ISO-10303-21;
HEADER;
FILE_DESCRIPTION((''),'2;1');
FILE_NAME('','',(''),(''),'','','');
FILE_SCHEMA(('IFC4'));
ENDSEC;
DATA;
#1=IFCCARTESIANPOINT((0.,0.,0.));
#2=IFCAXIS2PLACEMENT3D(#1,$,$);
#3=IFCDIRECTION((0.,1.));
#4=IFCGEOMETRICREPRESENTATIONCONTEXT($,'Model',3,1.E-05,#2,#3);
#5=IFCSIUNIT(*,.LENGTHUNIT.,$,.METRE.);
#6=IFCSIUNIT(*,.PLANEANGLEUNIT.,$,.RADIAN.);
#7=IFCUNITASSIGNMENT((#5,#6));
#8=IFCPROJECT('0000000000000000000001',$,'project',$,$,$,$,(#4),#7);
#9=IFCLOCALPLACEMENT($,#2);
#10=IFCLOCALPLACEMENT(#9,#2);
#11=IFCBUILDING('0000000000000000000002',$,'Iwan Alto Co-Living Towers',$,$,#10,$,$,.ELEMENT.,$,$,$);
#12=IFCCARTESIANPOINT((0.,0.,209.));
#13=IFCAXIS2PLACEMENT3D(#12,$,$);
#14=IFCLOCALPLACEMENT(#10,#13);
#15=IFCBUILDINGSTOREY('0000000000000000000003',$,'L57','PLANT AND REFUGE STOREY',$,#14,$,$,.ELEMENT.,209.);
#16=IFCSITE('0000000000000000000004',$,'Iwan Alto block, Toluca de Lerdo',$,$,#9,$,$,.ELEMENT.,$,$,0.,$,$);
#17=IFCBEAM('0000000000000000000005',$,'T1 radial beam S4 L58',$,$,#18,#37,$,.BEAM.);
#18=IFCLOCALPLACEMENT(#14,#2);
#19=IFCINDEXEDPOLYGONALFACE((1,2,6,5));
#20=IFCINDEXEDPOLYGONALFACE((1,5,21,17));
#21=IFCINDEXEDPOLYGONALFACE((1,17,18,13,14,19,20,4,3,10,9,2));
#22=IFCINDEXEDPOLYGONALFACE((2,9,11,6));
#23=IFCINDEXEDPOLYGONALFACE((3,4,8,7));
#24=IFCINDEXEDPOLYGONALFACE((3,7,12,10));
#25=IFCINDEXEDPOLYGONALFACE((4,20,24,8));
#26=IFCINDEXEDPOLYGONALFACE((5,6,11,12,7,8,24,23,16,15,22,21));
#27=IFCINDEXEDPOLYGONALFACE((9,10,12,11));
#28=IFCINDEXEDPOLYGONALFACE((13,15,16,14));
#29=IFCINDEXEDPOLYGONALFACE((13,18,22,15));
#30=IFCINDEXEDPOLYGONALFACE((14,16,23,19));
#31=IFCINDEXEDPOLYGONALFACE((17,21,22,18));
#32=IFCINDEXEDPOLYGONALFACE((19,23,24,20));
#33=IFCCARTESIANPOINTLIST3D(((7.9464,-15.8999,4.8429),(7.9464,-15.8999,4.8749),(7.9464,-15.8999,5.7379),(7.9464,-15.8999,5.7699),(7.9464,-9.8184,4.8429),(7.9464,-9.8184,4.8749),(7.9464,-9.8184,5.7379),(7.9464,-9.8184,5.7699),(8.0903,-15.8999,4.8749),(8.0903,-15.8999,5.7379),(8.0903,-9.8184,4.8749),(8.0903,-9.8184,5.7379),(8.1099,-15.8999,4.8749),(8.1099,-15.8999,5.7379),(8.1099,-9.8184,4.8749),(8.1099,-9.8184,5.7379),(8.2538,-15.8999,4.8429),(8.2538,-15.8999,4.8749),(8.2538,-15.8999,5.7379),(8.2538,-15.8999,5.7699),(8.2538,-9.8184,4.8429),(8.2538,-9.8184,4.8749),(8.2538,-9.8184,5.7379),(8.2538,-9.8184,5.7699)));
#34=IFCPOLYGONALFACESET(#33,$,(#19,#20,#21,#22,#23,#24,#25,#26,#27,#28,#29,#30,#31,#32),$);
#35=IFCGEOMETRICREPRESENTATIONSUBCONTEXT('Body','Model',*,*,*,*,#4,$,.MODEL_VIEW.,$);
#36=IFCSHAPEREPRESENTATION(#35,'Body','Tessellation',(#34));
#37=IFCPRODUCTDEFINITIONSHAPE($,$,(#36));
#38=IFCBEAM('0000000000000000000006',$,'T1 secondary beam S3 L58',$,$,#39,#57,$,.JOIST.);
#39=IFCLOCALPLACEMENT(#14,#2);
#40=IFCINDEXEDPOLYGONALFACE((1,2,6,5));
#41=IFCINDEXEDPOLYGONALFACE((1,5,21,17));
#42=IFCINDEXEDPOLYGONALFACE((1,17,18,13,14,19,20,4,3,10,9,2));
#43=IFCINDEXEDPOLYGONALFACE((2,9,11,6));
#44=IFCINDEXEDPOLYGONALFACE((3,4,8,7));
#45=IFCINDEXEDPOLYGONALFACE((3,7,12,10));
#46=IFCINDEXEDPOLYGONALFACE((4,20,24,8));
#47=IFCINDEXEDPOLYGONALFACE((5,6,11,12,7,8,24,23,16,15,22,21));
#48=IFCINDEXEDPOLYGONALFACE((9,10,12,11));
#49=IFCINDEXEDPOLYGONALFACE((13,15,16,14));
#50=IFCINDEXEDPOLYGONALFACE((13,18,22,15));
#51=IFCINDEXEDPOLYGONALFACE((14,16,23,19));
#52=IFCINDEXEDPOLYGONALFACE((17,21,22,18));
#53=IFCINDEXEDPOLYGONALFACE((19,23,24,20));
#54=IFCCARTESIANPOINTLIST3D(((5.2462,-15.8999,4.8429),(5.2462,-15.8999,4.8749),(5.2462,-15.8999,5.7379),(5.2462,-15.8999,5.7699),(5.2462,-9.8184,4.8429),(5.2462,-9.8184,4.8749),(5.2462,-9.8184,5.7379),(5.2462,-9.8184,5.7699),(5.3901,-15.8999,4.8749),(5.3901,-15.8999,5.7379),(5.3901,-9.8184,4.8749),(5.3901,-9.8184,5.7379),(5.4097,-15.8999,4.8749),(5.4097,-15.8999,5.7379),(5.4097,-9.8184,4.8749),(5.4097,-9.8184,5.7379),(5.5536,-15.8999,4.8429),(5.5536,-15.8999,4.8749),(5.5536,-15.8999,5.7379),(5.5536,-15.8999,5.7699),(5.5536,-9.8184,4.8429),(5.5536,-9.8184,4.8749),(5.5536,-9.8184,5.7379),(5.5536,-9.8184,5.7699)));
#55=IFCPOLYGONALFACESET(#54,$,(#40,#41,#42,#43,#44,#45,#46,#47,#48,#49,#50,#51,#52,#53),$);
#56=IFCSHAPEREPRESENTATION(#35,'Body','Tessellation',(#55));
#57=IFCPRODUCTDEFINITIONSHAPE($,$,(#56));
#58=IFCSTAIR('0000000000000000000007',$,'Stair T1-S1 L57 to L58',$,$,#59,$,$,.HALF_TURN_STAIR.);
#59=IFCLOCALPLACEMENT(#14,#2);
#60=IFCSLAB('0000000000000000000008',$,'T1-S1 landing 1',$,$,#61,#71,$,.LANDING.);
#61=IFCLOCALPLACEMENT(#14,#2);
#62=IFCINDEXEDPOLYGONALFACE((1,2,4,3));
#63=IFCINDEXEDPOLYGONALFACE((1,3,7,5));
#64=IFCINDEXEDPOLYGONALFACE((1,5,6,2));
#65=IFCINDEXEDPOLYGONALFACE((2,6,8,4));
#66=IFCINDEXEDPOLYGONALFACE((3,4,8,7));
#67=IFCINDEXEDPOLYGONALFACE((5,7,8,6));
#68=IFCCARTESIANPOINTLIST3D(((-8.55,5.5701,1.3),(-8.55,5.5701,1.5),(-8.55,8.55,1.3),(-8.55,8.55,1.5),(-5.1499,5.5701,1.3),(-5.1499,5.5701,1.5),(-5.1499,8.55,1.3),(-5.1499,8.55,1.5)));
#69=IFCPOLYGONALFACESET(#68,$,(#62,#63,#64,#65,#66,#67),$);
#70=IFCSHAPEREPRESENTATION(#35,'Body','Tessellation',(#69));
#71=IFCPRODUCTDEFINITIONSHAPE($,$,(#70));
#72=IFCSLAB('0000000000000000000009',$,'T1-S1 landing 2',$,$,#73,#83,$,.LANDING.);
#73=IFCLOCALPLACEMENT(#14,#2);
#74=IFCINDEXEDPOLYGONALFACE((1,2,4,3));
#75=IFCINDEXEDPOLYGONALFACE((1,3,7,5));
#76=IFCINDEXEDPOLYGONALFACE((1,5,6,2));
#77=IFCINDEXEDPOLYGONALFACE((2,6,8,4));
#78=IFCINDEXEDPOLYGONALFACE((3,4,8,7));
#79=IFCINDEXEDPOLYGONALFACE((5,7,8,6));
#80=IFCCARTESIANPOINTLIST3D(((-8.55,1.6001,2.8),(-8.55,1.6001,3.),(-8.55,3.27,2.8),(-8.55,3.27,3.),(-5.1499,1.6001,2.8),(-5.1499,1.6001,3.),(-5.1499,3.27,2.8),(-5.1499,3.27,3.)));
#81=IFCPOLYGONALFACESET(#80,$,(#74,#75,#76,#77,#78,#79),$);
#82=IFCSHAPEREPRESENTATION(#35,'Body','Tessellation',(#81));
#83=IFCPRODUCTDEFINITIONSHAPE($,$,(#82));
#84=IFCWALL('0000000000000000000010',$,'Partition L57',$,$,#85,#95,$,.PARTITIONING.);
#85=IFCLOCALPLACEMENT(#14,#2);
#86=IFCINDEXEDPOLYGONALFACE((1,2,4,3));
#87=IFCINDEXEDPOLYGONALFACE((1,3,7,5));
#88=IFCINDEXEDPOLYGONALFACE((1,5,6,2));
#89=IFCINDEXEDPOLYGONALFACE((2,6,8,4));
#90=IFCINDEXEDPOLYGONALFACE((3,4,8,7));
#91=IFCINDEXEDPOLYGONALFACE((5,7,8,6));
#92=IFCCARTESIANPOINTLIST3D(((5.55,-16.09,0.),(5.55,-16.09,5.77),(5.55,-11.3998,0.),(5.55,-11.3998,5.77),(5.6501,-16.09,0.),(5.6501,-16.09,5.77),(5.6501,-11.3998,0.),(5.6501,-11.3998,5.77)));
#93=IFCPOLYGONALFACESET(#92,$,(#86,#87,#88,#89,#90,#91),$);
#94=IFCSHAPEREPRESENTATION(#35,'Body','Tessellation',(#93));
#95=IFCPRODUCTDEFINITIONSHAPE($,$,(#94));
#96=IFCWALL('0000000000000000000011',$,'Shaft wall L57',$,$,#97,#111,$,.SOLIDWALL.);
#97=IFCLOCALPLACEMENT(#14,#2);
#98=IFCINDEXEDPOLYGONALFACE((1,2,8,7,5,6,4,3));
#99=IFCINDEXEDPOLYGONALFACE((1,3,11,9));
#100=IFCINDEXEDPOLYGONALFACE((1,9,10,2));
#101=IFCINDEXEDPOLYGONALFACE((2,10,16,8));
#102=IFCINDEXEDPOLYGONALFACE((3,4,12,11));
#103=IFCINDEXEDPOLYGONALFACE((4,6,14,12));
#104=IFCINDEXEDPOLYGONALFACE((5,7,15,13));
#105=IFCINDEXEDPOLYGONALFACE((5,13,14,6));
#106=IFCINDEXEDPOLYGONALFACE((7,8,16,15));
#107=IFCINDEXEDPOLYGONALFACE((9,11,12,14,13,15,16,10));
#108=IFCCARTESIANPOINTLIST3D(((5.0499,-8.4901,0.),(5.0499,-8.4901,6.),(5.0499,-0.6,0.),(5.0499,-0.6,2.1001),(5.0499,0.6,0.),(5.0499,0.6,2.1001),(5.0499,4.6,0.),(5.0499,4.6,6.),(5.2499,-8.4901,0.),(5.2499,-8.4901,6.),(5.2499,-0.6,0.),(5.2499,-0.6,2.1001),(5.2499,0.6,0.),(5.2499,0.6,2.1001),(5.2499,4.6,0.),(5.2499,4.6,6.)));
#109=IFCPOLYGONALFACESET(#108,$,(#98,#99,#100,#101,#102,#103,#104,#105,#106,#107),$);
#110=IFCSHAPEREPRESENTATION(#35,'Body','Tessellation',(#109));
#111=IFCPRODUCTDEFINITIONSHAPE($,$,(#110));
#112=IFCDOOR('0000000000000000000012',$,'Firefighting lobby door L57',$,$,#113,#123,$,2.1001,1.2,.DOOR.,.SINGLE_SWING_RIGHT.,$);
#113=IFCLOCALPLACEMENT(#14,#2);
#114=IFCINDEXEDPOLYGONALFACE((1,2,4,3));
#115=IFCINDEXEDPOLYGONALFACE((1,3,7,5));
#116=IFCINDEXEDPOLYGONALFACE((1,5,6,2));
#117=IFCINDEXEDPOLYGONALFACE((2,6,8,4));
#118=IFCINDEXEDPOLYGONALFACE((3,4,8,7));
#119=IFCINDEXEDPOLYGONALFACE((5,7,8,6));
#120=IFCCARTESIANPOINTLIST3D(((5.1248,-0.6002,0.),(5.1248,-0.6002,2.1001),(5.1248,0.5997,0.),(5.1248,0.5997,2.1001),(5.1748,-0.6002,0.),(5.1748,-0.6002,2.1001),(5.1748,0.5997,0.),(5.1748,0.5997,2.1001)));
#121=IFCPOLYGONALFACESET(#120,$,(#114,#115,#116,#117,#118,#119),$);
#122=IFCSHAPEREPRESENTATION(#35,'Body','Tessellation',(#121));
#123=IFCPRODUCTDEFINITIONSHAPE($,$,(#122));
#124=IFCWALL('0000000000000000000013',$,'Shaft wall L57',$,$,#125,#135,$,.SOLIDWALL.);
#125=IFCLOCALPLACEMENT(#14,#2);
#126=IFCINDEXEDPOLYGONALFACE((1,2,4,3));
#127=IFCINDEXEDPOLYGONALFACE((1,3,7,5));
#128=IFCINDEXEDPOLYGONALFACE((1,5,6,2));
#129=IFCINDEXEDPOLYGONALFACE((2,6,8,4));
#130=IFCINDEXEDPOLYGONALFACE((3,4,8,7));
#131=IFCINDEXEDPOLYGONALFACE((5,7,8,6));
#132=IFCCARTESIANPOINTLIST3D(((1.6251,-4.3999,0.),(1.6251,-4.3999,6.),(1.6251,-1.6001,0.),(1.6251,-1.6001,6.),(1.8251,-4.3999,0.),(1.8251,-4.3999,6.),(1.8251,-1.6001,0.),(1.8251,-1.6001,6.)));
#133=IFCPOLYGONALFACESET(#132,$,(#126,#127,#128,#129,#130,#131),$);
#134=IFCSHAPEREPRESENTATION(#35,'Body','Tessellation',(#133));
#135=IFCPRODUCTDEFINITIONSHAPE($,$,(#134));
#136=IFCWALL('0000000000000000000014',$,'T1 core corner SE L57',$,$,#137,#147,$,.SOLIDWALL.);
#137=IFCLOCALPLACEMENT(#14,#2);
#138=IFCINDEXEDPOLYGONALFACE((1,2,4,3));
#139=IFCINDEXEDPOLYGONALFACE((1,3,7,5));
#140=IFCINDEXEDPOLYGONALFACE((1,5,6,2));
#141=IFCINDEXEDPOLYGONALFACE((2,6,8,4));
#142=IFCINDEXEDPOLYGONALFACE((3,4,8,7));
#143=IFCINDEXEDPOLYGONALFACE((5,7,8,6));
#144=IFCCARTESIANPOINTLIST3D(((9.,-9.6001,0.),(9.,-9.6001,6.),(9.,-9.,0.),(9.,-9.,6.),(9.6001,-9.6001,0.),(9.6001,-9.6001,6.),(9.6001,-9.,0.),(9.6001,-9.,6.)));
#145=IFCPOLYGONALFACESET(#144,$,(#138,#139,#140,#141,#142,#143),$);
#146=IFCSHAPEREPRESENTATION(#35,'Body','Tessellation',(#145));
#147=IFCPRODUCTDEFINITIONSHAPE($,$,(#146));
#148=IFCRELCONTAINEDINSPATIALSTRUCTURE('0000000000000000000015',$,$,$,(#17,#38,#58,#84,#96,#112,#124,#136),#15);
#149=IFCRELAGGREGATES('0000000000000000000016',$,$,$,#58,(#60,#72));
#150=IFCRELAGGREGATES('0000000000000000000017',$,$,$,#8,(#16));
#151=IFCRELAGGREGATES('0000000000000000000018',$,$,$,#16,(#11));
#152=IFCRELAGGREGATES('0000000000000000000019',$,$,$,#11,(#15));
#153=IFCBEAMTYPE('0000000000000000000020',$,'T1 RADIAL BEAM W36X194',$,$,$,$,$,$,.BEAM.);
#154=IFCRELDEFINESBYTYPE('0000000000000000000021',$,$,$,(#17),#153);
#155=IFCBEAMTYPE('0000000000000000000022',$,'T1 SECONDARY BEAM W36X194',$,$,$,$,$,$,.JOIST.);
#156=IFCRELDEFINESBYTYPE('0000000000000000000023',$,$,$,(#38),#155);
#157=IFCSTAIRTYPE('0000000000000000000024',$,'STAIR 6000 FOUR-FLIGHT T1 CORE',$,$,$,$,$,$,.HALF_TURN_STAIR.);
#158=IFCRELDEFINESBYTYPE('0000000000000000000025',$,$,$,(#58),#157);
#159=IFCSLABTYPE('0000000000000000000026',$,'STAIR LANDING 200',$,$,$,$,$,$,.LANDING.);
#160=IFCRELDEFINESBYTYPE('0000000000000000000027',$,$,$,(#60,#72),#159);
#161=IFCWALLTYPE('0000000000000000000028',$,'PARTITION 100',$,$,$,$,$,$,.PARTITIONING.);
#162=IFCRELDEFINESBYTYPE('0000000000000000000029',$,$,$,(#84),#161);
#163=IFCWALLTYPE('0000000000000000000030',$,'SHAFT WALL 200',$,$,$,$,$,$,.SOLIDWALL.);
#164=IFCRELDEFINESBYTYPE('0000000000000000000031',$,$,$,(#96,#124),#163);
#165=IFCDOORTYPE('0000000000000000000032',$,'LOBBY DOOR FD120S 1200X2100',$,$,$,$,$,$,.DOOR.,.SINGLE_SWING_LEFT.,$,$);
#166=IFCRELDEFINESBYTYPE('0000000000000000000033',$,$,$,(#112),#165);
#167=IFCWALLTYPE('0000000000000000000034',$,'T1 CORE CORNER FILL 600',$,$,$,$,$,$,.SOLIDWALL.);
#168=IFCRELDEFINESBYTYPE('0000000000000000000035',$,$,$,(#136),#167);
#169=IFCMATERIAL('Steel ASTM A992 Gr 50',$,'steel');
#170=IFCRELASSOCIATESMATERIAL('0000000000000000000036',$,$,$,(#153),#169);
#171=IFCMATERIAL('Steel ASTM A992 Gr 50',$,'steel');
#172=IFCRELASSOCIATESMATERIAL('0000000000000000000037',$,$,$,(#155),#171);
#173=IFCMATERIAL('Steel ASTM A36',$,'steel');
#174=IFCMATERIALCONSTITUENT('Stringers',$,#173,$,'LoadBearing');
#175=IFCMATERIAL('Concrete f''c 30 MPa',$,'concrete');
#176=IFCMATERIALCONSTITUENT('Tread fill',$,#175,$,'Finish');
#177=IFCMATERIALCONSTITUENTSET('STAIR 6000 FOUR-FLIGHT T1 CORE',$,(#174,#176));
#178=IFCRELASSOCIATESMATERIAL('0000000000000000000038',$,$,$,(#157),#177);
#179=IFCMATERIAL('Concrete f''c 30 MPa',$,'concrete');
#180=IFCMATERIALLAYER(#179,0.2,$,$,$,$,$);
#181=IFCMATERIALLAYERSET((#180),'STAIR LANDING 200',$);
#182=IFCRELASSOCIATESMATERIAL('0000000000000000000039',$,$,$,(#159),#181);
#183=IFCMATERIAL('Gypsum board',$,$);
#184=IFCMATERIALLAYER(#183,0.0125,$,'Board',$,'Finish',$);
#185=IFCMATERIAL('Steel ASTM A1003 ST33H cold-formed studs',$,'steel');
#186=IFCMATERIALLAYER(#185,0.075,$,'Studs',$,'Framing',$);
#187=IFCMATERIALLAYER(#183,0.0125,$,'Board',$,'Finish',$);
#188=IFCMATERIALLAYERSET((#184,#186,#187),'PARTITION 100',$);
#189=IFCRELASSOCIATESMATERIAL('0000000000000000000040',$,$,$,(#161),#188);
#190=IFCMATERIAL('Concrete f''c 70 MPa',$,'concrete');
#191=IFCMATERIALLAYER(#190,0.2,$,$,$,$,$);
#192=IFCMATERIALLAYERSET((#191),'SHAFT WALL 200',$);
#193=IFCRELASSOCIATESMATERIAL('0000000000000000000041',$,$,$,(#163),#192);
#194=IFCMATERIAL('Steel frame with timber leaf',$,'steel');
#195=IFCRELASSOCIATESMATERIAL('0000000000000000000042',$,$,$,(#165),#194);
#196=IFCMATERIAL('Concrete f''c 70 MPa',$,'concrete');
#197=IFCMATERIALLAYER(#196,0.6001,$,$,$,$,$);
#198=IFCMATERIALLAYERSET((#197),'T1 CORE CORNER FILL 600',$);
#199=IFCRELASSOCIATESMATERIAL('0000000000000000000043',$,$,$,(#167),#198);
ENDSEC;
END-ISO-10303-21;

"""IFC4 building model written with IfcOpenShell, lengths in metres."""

from ifc_helpers import new_model, si_unit, direction, frame, frame_2d, origin, origin_2d, place, context, subcontext, project, spatial, polyline, rectangle, i_section, outline, extrude, material, layer, layer_set, constituent, constituent_set, material_profile, profile_set, type_object, element, fill, aggregate, save


model = new_model("IFC4")

# Units and contexts
model_context = context("Model", 3, precision=1e-05, world=origin(), true_north=direction((0.0, 1.0)))
body_context = subcontext(model_context, "Body", "Model", "MODEL_VIEW")
ifc_project = project(units=[si_unit("LENGTHUNIT", "METRE"), si_unit("PLANEANGLEUNIT", "RADIAN")], contexts=[model_context])

# Site, building, storey
site_placement = place(None, origin())
site = spatial("IfcSite", under=ifc_project, at=site_placement, Name="Iwan Alto block, Toluca de Lerdo", CompositionType="ELEMENT", RefElevation=0.0)
building_placement = place(site_placement, origin())
building = spatial("IfcBuilding", under=site, at=building_placement, Name="Iwan Alto Co-Living Towers", CompositionType="ELEMENT")
storey_placement = place(building_placement, frame((0.0, 0.0, 209.0)))
storey = spatial("IfcBuildingStorey", under=building, at=storey_placement, Name="L57", Description="PLANT AND REFUGE STOREY", CompositionType="ELEMENT", Elevation=209.0)

# Beams
ifc_material_1 = material(Name="Steel ASTM A992 Gr 50", Category="steel")
ifc_material_profile_1 = material_profile(ifc_material_1, i_section(OverallWidth=0.3074, OverallDepth=0.927, WebThickness=0.0195, FlangeThickness=0.032, at=origin_2d()), Name="W36X194")
ifc_profile_set_1 = profile_set([ifc_material_profile_1], Name="Steel ASTM A992 Gr 50")
beam_type_1 = type_object("IfcBeamType", Name="T1 RADIAL BEAM W36X194", PredefinedType="BEAM", material=ifc_profile_set_1)
for number, where, z_axis, x_axis, name in (
    (1, (8.1001, -15.8999, 5.3064), (0.0, 1.0, 0.0), (-1.0, 0.0, 0.0), "T1 radial beam S4 L58"),
):
    element("IfcBeam", number, at=place(storey_placement, frame(where, z_axis=z_axis, x_axis=x_axis)), inside=storey, type_object=beam_type_1, Name=name, PredefinedType="BEAM", context=body_context, shape_type="SweptSolid", body=[
        extrude(i_section(OverallWidth=0.3074, OverallDepth=0.927, WebThickness=0.0195, FlangeThickness=0.032, at=origin_2d()), origin(), (0.0, 0.0, 1.0), 6.0815),
    ])
ifc_material_2 = material(Name="Steel ASTM A992 Gr 50", Category="steel")
ifc_material_profile_2 = material_profile(ifc_material_2, i_section(OverallWidth=0.3074, OverallDepth=0.927, WebThickness=0.0195, FlangeThickness=0.032, at=origin_2d()), Name="W36X194")
ifc_profile_set_2 = profile_set([ifc_material_profile_2], Name="Steel ASTM A992 Gr 50")
beam_type_2 = type_object("IfcBeamType", Name="T1 SECONDARY BEAM W36X194", PredefinedType="JOIST", material=ifc_profile_set_2)
beam_1_placement = place(storey_placement, frame((5.3999, -15.8999, 5.3064), z_axis=(0.0, 1.0, 0.0), x_axis=(-1.0, 0.0, 0.0)))
element("IfcBeam", 2, at=beam_1_placement, inside=storey, type_object=beam_type_2, Name="T1 secondary beam S3 L58", PredefinedType="JOIST", context=body_context, shape_type="SweptSolid", body=[
    extrude(i_section(OverallWidth=0.3074, OverallDepth=0.927, WebThickness=0.0195, FlangeThickness=0.032, at=origin_2d()), origin(), (0.0, 0.0, 1.0), 6.0815),
])

# Stair, slabs
ifc_material_3 = material(Name="Steel ASTM A36", Category="steel")
ifc_constituent_1 = constituent(ifc_material_3, Name="Stringers", Category="LoadBearing")
ifc_material_4 = material(Name="Concrete f'c 30 MPa", Category="concrete")
ifc_constituent_2 = constituent(ifc_material_4, Name="Tread fill", Category="Finish")
ifc_constituent_set_1 = constituent_set(constituents=[ifc_constituent_1, ifc_constituent_2], Name="STAIR 6000 FOUR-FLIGHT T1 CORE")
stair_type = type_object("IfcStairType", Name="STAIR 6000 FOUR-FLIGHT T1 CORE", PredefinedType="HALF_TURN_STAIR", material=ifc_constituent_set_1)
stair_1_placement = place(storey_placement, origin())
stair_1 = element("IfcStair", 3, at=stair_1_placement, inside=storey, type_object=stair_type, Name="Stair T1-S1 L57 to L58", PredefinedType="HALF_TURN_STAIR")
ifc_material_5 = material(Name="Concrete f'c 30 MPa", Category="concrete")
ifc_layer_1 = layer(ifc_material_5, 0.2)
ifc_layer_set_1 = layer_set([ifc_layer_1], Name="STAIR LANDING 200")
slab_type = type_object("IfcSlabType", Name="STAIR LANDING 200", PredefinedType="LANDING", material=ifc_layer_set_1)
slab_1_placement = place(storey_placement, frame((0.0, 0.0, 1.3)))
slab_1 = element("IfcSlab", 4, at=slab_1_placement, type_object=slab_type, Name="T1-S1 landing 1", PredefinedType="LANDING", context=body_context, shape_type="SweptSolid", body=[
    extrude(outline(polyline([(-8.55, 5.5701), (-8.55, 8.55), (-5.1499, 8.55), (-5.1499, 5.5701), (-8.55, 5.5701)])), origin(), (0.0, 0.0, 1.0), 0.2),
])
slab_2_placement = place(storey_placement, frame((0.0, 0.0, 2.8)))
slab_2 = element("IfcSlab", 5, at=slab_2_placement, type_object=slab_type, Name="T1-S1 landing 2", PredefinedType="LANDING", context=body_context, shape_type="SweptSolid", body=[
    extrude(outline(polyline([(-8.55, 1.6001), (-8.55, 3.27), (-5.1499, 3.27), (-5.1499, 1.6001), (-8.55, 1.6001)])), origin(), (0.0, 0.0, 1.0), 0.2),
])
aggregate(stair_1, [slab_1, slab_2])

# Wall
ifc_material_6 = material(Name="Gypsum board")
ifc_layer_2 = layer(ifc_material_6, 0.0125, Name="Board", Category="Finish")
ifc_material_7 = material(Name="Steel ASTM A1003 ST33H cold-formed studs", Category="steel")
ifc_layer_3 = layer(ifc_material_7, 0.075, Name="Studs", Category="Framing")
ifc_layer_4 = layer(ifc_material_6, 0.0125, Name="Board", Category="Finish")
ifc_layer_set_2 = layer_set([ifc_layer_2, ifc_layer_3, ifc_layer_4], Name="PARTITION 100")
wall_type_1 = type_object("IfcWallType", Name="PARTITION 100", PredefinedType="PARTITIONING", material=ifc_layer_set_2)
wall_1_placement = place(storey_placement, frame((5.6001, -16.0901, 0.0), z_axis=(0.0, 0.0, 1.0), x_axis=(0.0, 1.0, 0.0)))
element("IfcWall", 6, at=wall_1_placement, inside=storey, type_object=wall_type_1, Name="Partition L57", PredefinedType="PARTITIONING", context=body_context, shape_type="SweptSolid", body=[
    extrude(rectangle(XDim=4.6902, YDim=0.1001, at=frame_2d((2.3452, 0.0))), origin(), (0.0, 0.0, 1.0), 5.77),
])

# Wall, opening, door
ifc_material_8 = material(Name="Concrete f'c 70 MPa", Category="concrete")
ifc_layer_5 = layer(ifc_material_8, 0.2)
ifc_layer_set_3 = layer_set([ifc_layer_5], Name="SHAFT WALL 200")
wall_type_2 = type_object("IfcWallType", Name="SHAFT WALL 200", PredefinedType="SOLIDWALL", material=ifc_layer_set_3)
wall_2_placement = place(storey_placement, frame((5.1499, -8.49, 0.0), z_axis=(0.0, 0.0, 1.0), x_axis=(0.0, 1.0, 0.0)))
wall_2 = element("IfcWall", 7, at=wall_2_placement, inside=storey, type_object=wall_type_2, Name="Shaft wall L57", PredefinedType="SOLIDWALL", context=body_context, shape_type="SweptSolid", body=[
    extrude(rectangle(XDim=13.0901, YDim=0.2, at=frame_2d((6.5449, 0.0))), origin(), (0.0, 0.0, 1.0), 6.0),
])
opening_1_placement = place(wall_2_placement, frame((7.8899, 0.0, 0.0)))
opening_1 = element("IfcOpeningElement", 8, at=opening_1_placement, cuts=wall_2, PredefinedType="OPENING", context=body_context, shape_type="SweptSolid", body=[
    extrude(rectangle(XDim=1.2, YDim=2.1001, at=frame_2d((0.6001, 1.05))), frame((0.0, 0.1099, 0.0), z_axis=(0.0, -1.0, 0.0), x_axis=(1.0, 0.0, 0.0)), (0.0, 0.0, 1.0), 0.22),
])
ifc_material_9 = material(Name="Steel frame with timber leaf", Category="steel")
door_type_1 = type_object("IfcDoorType", Name="LOBBY DOOR FD120S 1200X2100", OperationType="SINGLE_SWING_LEFT", PredefinedType="DOOR", material=ifc_material_9)
door_1_placement = place(opening_1_placement, frame((1.2, 0.0, 0.0), z_axis=(0.0, 0.0, 1.0), x_axis=(-1.0, 0.0, 0.0)))
door_1 = element("IfcDoor", 9, at=door_1_placement, inside=storey, type_object=door_type_1, Name="Firefighting lobby door L57", OperationType="SINGLE_SWING_RIGHT", OverallHeight=2.1001, OverallWidth=1.2, PredefinedType="DOOR", context=body_context, shape_type="SweptSolid", body=[
    extrude(rectangle(XDim=1.2, YDim=2.1001, at=frame_2d((0.6001, 1.05))), frame((0.0, 0.0249, 0.0), z_axis=(0.0, -1.0, 0.0), x_axis=(1.0, 0.0, 0.0)), (0.0, 0.0, 1.0), 0.05),
])
fill(opening_1, door_1)

# Walls
wall_3_placement = place(storey_placement, frame((1.7251, -4.3999, 0.0), z_axis=(0.0, 0.0, 1.0), x_axis=(0.0, 1.0, 0.0)))
element("IfcWall", 10, at=wall_3_placement, inside=storey, type_object=wall_type_2, Name="Shaft wall L57", PredefinedType="SOLIDWALL", context=body_context, shape_type="SweptSolid", body=[
    extrude(rectangle(XDim=2.7998, YDim=0.2, at=frame_2d((1.3999, 0.0))), origin(), (0.0, 0.0, 1.0), 6.0),
])
ifc_material_10 = material(Name="Concrete f'c 70 MPa", Category="concrete")
ifc_layer_6 = layer(ifc_material_10, 0.6001)
ifc_layer_set_4 = layer_set([ifc_layer_6], Name="T1 CORE CORNER FILL 600")
wall_type_3 = type_object("IfcWallType", Name="T1 CORE CORNER FILL 600", PredefinedType="SOLIDWALL", material=ifc_layer_set_4)
wall_4_placement = place(storey_placement, frame((9.0, -9.3, 0.0), z_axis=(0.0, 0.0, 1.0), x_axis=(1.0, 0.0, 0.0)))
element("IfcWall", 11, at=wall_4_placement, inside=storey, type_object=wall_type_3, Name="T1 core corner SE L57", PredefinedType="SOLIDWALL", context=body_context, shape_type="SweptSolid", body=[
    extrude(rectangle(XDim=0.6001, YDim=0.6001, at=frame_2d((0.3, 0.0))), origin(), (0.0, 0.0, 1.0), 6.0),
])

save(model, "model.ifc")
